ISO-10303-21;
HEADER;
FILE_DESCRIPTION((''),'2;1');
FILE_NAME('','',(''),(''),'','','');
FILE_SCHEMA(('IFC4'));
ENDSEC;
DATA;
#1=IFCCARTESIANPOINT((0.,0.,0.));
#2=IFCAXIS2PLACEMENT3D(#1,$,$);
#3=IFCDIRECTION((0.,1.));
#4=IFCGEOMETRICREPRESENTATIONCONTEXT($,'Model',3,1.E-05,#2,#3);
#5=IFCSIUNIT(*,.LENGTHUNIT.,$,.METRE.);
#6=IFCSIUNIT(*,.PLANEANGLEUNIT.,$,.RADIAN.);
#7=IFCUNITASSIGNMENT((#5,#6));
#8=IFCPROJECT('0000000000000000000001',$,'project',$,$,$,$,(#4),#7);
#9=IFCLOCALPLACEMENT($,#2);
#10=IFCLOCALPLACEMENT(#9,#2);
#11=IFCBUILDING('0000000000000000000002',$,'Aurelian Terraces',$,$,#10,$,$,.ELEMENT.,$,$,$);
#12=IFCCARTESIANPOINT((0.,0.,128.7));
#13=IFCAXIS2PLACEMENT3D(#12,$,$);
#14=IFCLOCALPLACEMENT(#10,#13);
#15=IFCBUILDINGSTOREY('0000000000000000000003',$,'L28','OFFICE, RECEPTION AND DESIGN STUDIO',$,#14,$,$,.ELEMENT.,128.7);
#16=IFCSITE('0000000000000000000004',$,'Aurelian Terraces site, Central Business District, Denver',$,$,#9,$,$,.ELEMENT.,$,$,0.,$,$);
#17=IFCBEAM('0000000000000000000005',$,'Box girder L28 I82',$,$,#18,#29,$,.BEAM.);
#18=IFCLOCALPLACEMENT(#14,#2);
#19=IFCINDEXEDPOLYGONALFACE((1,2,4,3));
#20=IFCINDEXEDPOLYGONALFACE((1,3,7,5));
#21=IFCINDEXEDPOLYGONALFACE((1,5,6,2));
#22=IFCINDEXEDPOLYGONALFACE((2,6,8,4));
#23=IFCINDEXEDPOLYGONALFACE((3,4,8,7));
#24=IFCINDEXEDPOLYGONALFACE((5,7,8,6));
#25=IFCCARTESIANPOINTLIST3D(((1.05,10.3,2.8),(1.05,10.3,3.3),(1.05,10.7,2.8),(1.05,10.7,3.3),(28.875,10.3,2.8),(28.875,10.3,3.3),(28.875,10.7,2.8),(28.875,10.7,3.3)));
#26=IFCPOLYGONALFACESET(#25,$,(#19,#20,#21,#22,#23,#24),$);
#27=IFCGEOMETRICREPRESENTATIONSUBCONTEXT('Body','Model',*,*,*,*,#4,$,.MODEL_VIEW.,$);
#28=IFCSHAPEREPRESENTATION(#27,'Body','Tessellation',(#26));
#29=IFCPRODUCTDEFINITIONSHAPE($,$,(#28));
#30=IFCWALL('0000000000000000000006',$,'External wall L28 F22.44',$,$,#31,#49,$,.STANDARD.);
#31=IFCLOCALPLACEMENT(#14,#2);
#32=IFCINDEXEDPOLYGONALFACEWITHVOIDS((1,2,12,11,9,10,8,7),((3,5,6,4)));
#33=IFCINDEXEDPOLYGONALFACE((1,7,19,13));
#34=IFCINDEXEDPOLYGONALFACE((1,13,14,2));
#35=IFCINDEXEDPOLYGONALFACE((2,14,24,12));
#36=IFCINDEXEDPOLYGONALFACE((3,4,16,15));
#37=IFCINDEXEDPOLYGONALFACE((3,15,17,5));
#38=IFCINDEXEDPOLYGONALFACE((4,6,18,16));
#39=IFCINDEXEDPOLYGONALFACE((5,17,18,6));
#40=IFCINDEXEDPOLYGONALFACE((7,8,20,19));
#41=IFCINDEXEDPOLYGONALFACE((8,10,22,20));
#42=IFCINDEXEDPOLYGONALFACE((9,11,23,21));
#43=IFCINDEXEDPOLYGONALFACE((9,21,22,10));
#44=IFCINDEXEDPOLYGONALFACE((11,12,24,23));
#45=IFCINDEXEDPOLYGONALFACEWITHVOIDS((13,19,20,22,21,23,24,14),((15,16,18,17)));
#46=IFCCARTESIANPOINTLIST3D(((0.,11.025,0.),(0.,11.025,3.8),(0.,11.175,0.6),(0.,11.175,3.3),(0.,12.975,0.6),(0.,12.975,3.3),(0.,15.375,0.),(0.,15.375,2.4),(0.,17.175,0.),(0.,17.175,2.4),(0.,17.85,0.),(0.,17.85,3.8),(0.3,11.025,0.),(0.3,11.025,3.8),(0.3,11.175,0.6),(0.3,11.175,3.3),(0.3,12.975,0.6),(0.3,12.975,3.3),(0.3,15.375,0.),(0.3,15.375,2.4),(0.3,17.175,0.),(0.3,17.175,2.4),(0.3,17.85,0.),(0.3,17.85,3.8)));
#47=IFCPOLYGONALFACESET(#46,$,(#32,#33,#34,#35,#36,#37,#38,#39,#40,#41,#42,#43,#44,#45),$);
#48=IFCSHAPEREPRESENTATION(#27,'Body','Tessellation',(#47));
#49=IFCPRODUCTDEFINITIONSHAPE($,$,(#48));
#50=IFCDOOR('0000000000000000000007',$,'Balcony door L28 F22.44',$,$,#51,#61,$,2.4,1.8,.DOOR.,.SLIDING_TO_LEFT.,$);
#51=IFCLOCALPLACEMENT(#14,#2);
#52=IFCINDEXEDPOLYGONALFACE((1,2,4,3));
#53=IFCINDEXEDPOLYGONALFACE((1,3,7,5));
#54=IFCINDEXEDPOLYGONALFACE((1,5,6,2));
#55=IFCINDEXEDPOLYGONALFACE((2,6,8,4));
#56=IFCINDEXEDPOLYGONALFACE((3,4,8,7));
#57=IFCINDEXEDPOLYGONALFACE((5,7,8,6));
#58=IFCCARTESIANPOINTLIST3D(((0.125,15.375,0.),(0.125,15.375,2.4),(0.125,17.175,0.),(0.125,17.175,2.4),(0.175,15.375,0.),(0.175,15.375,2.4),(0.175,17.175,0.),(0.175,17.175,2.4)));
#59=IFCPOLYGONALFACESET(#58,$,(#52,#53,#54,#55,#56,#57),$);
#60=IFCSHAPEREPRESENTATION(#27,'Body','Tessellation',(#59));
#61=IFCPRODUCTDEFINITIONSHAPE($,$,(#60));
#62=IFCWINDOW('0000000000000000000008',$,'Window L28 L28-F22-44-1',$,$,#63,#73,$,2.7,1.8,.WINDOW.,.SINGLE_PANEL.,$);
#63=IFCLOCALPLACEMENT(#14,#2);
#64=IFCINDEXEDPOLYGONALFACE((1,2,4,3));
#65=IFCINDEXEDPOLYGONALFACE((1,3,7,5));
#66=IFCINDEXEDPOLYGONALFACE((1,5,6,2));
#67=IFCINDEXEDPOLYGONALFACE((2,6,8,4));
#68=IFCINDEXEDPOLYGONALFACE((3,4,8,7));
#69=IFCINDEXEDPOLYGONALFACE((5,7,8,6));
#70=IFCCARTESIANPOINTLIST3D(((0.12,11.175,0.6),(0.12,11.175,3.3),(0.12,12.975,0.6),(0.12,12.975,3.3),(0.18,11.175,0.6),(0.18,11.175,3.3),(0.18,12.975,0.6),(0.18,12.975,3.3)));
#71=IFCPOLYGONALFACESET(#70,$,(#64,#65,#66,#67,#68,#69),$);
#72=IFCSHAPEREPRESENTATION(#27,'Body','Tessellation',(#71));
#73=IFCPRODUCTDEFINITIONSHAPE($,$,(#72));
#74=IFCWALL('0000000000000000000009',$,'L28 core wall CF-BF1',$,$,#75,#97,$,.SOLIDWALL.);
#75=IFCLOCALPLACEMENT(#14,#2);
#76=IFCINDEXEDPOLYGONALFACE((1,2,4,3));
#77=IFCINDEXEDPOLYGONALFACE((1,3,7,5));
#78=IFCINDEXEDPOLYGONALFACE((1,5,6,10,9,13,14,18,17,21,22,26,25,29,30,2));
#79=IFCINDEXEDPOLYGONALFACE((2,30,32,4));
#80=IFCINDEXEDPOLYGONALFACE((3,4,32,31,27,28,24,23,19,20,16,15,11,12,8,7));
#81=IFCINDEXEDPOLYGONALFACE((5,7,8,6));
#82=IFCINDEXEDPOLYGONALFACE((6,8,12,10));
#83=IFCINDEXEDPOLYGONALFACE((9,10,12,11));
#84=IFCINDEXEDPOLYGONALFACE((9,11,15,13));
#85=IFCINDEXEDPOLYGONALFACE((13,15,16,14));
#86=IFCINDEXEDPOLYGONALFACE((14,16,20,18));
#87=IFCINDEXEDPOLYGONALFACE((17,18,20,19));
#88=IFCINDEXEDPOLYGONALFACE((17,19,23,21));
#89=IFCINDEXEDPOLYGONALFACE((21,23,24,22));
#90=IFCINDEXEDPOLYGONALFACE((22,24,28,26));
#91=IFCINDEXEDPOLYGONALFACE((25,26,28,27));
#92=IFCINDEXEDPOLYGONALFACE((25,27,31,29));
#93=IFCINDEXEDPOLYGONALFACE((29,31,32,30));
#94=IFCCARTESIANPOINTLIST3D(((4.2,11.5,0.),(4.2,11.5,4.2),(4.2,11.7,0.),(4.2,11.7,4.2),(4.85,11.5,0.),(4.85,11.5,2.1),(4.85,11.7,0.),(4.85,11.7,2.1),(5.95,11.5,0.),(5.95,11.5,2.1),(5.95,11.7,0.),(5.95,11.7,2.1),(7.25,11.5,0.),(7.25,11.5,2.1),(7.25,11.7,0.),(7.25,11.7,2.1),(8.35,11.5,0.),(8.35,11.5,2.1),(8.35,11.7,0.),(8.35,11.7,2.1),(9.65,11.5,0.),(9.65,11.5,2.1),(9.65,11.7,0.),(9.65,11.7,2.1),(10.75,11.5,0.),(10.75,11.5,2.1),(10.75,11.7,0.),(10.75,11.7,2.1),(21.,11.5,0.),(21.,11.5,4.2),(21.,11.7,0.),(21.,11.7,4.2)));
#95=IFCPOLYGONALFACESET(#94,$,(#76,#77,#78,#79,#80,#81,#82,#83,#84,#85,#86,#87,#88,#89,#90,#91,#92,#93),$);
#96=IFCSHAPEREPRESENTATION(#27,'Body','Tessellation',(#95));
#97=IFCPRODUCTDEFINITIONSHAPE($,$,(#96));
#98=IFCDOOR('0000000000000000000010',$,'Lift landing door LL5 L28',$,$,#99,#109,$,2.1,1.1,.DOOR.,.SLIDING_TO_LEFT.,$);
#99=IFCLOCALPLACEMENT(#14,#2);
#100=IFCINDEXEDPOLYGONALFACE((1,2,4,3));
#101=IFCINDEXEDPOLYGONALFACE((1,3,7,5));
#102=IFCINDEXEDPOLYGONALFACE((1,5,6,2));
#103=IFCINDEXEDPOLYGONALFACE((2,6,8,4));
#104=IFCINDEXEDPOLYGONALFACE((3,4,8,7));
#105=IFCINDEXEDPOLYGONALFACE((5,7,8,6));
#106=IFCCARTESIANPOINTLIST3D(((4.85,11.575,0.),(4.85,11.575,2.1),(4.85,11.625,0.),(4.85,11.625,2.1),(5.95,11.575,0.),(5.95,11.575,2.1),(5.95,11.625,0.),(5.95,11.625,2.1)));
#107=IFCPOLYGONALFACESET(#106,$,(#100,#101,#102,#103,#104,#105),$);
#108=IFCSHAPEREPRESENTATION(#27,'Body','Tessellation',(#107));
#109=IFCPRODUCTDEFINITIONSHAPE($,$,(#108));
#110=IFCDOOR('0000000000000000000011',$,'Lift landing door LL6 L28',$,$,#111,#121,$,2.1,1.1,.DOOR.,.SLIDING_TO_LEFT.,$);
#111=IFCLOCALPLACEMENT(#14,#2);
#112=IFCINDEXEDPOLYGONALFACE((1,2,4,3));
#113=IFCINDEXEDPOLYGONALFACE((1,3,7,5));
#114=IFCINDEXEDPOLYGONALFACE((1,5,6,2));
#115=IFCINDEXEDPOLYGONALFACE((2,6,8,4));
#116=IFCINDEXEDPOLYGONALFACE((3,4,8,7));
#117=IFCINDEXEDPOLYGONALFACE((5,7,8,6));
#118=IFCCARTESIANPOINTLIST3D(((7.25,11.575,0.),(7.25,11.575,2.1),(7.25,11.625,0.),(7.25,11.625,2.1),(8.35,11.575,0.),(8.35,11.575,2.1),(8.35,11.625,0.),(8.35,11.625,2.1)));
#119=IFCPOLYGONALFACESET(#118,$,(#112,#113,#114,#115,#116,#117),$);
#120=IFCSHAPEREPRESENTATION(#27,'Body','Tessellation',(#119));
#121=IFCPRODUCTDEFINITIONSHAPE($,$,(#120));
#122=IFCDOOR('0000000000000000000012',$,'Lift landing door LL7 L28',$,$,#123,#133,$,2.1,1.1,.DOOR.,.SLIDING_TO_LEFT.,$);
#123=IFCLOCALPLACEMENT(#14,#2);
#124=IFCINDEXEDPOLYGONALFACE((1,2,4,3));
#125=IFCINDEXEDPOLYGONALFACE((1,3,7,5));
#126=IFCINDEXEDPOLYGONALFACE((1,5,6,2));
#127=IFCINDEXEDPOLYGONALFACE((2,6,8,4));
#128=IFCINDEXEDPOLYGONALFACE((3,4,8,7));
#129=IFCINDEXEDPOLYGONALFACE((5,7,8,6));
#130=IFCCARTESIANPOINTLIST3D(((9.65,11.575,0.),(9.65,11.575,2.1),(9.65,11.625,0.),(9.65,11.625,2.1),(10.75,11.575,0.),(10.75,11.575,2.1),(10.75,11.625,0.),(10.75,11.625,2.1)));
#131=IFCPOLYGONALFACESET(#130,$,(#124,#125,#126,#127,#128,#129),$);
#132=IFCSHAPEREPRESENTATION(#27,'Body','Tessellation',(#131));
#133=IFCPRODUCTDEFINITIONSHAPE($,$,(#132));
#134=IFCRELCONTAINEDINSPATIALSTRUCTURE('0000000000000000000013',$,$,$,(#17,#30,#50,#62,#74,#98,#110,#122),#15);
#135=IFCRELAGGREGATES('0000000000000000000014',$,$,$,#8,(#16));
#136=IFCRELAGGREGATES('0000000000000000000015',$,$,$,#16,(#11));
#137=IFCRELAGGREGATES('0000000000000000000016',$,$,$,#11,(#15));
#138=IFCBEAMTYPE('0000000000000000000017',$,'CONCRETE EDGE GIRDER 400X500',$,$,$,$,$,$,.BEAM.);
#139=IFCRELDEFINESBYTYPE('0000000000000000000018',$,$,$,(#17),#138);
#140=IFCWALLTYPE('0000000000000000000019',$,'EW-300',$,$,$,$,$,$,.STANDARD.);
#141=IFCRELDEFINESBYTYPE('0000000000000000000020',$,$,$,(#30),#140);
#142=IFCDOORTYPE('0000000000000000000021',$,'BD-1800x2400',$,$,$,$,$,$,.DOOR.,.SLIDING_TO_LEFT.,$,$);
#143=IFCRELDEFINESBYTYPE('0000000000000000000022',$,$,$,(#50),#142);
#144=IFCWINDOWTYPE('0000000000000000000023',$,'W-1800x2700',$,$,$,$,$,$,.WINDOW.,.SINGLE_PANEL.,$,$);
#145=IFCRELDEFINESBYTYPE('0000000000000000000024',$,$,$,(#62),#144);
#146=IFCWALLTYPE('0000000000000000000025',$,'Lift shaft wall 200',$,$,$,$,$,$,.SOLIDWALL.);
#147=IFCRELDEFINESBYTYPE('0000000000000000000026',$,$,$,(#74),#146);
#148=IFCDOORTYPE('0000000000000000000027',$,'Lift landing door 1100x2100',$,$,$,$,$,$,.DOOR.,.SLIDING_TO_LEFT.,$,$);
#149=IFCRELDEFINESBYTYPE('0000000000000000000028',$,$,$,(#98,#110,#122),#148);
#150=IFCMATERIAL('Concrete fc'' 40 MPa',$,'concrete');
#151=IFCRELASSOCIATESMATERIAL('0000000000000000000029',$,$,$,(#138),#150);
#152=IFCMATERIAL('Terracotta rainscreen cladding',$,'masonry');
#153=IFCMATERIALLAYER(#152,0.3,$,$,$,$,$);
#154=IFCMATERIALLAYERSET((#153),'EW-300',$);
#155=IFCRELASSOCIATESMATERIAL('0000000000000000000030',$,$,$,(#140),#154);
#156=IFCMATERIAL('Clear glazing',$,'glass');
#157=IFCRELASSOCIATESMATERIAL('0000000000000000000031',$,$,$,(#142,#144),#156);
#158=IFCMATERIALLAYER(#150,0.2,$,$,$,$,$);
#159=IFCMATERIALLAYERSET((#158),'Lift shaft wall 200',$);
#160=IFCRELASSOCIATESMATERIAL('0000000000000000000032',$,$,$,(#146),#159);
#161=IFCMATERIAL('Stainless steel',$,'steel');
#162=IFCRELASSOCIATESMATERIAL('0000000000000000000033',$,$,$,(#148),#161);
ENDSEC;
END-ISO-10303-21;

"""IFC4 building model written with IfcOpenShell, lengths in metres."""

from ifc_helpers import new_model, si_unit, direction, frame, frame_2d, origin, origin_2d, place, context, subcontext, project, spatial, rectangle, extrude, source, transform, mapped, material, layer, layer_set, material_profile, profile_set, type_object, element, fill, save


model = new_model("IFC4")

# Units and contexts
model_context = context("Model", 3, precision=1e-05, world=origin(), true_north=direction((0.0, 1.0)))
body_context = subcontext(model_context, "Body", "Model", "MODEL_VIEW")
ifc_project = project(units=[si_unit("LENGTHUNIT", "METRE"), si_unit("PLANEANGLEUNIT", "RADIAN")], contexts=[model_context])

# Site, building, storey
site_placement = place(None, origin())
site = spatial("IfcSite", under=ifc_project, at=site_placement, Name="Aurelian Terraces site, Central Business District, Denver", CompositionType="ELEMENT", RefElevation=0.0)
building_placement = place(site_placement, origin())
building = spatial("IfcBuilding", under=site, at=building_placement, Name="Aurelian Terraces", CompositionType="ELEMENT")
storey_placement = place(building_placement, frame((0.0, 0.0, 128.7)))
storey = spatial("IfcBuildingStorey", under=building, at=storey_placement, Name="L28", Description="OFFICE, RECEPTION AND DESIGN STUDIO", CompositionType="ELEMENT", Elevation=128.7)

# Beam
ifc_material_1 = material(Name="Concrete fc' 40 MPa", Category="concrete")
ifc_material_profile = material_profile(ifc_material_1, rectangle(XDim=0.4, YDim=0.5, at=origin_2d()))
ifc_profile_set = profile_set([ifc_material_profile], Name="Concrete fc' 40 MPa")
beam_type = type_object("IfcBeamType", Name="CONCRETE EDGE GIRDER 400X500", PredefinedType="BEAM", material=ifc_profile_set)
shared_shape_1 = source(origin(), body_context, "Body", "SweptSolid", [
    extrude(rectangle(XDim=0.4, YDim=0.5, at=origin_2d()), origin(), (0.0, 0.0, 1.0), 27.825),
])
beam_placement = place(storey_placement, frame((1.05, 10.5, 3.05), z_axis=(1.0, 0.0, 0.0), x_axis=(0.0, 1.0, 0.0)))
element("IfcBeam", 1, at=beam_placement, inside=storey, type_object=beam_type, Name="Box girder L28 I82", PredefinedType="BEAM", context=body_context, shape_type="MappedRepresentation", body=[
    mapped(shared_shape_1, transform((0.0, 0.0, 0.0), scale=1.0)),
])

# Wall, openings, door, window
ifc_material_2 = material(Name="Terracotta rainscreen cladding", Category="masonry")
ifc_layer_1 = layer(ifc_material_2, 0.3)
ifc_layer_set_1 = layer_set([ifc_layer_1], Name="EW-300")
wall_type_1 = type_object("IfcWallType", Name="EW-300", PredefinedType="STANDARD", material=ifc_layer_set_1)
shared_shape_2 = source(origin(), body_context, "Body", "SweptSolid", [
    extrude(rectangle(XDim=6.825, YDim=0.3, at=frame_2d((3.4125, 0.0))), origin(), (0.0, 0.0, 1.0), 3.8),
])
wall_1_placement = place(storey_placement, frame((0.15, 17.85, 0.0), z_axis=(0.0, 0.0, 1.0), x_axis=(0.0, -1.0, 0.0)))
wall_1 = element("IfcWall", 2, at=wall_1_placement, inside=storey, type_object=wall_type_1, Name="External wall L28 F22.44", PredefinedType="STANDARD", context=body_context, shape_type="MappedRepresentation", body=[
    mapped(shared_shape_2, transform((0.0, 0.0, 0.0), scale=1.0)),
])
shared_shape_3 = source(origin(), body_context, "Body", "SweptSolid", [
    extrude(rectangle(XDim=1.8, YDim=2.4, at=frame_2d((0.9, 1.2))), frame((0.0, 0.16, 0.0), z_axis=(0.0, -1.0, 0.0), x_axis=(1.0, 0.0, 0.0)), (0.0, 0.0, 1.0), 0.32),
])
opening_1_placement = place(wall_1_placement, frame((0.675, 0.0, 0.0)))
opening_1 = element("IfcOpeningElement", 3, at=opening_1_placement, cuts=wall_1, PredefinedType="OPENING", context=body_context, shape_type="MappedRepresentation", body=[
    mapped(shared_shape_3, transform((0.0, 0.0, 0.0), scale=1.0)),
])
shared_shape_4 = source(origin(), body_context, "Body", "SweptSolid", [
    extrude(rectangle(XDim=1.8, YDim=2.7, at=frame_2d((0.9, 1.35))), frame((0.0, 0.16, 0.0), z_axis=(0.0, -1.0, 0.0), x_axis=(1.0, 0.0, 0.0)), (0.0, 0.0, 1.0), 0.32),
])
opening_2_placement = place(wall_1_placement, frame((4.875, 0.0, 0.6)))
opening_2 = element("IfcOpeningElement", 4, at=opening_2_placement, cuts=wall_1, PredefinedType="OPENING", context=body_context, shape_type="MappedRepresentation", body=[
    mapped(shared_shape_4, transform((0.0, 0.0, 0.0), scale=1.0)),
])
ifc_material_3 = material(Name="Clear glazing", Category="glass")
door_type_1 = type_object("IfcDoorType", Name="BD-1800x2400", OperationType="SLIDING_TO_LEFT", PredefinedType="DOOR", material=ifc_material_3)
shared_shape_5 = source(origin(), body_context, "Body", "SweptSolid", [
    extrude(rectangle(XDim=1.8, YDim=2.4, at=frame_2d((0.9, 1.2))), frame((0.0, 0.025, 0.0), z_axis=(0.0, -1.0, 0.0), x_axis=(1.0, 0.0, 0.0)), (0.0, 0.0, 1.0), 0.05),
])
door_1_placement = place(opening_1_placement, origin())
door_1 = element("IfcDoor", 5, at=door_1_placement, inside=storey, type_object=door_type_1, Name="Balcony door L28 F22.44", OperationType="SLIDING_TO_LEFT", OverallHeight=2.4, OverallWidth=1.8, PredefinedType="DOOR", context=body_context, shape_type="MappedRepresentation", body=[
    mapped(shared_shape_5, transform((0.0, 0.0, 0.0), scale=1.0)),
])
fill(opening_1, door_1)
window_type = type_object("IfcWindowType", Name="W-1800x2700", PartitioningType="SINGLE_PANEL", PredefinedType="WINDOW", material=ifc_material_3)
shared_shape_6 = source(origin(), body_context, "Body", "SweptSolid", [
    extrude(rectangle(XDim=1.8, YDim=2.7, at=frame_2d((0.9, 1.35))), frame((0.0, 0.03, 0.0), z_axis=(0.0, -1.0, 0.0), x_axis=(1.0, 0.0, 0.0)), (0.0, 0.0, 1.0), 0.06),
])
window_placement = place(opening_2_placement, origin())
window = element("IfcWindow", 6, at=window_placement, inside=storey, type_object=window_type, Name="Window L28 L28-F22-44-1", OverallHeight=2.7, OverallWidth=1.8, PartitioningType="SINGLE_PANEL", PredefinedType="WINDOW", context=body_context, shape_type="MappedRepresentation", body=[
    mapped(shared_shape_6, transform((0.0, 0.0, 0.0), scale=1.0)),
])
fill(opening_2, window)

# Wall, openings, doors
ifc_layer_2 = layer(ifc_material_1, 0.2)
ifc_layer_set_2 = layer_set([ifc_layer_2], Name="Lift shaft wall 200")
wall_type_2 = type_object("IfcWallType", Name="Lift shaft wall 200", PredefinedType="SOLIDWALL", material=ifc_layer_set_2)
shared_shape_7 = source(origin(), body_context, "Body", "SweptSolid", [
    extrude(rectangle(XDim=16.8, YDim=0.2, at=frame_2d((8.4, 0.0))), origin(), (0.0, 0.0, 1.0), 4.2),
])
wall_2_placement = place(storey_placement, frame((4.2, 11.6, 0.0), z_axis=(0.0, 0.0, 1.0), x_axis=(1.0, 0.0, 0.0)))
wall_2 = element("IfcWall", 7, at=wall_2_placement, inside=storey, type_object=wall_type_2, Name="L28 core wall CF-BF1", PredefinedType="SOLIDWALL", context=body_context, shape_type="MappedRepresentation", body=[
    mapped(shared_shape_7, transform((0.0, 0.0, 0.0), scale=1.0)),
])
shared_shape_8 = source(origin(), body_context, "Body", "SweptSolid", [
    extrude(rectangle(XDim=1.1, YDim=2.1, at=frame_2d((0.55, 1.05))), frame((0.0, 0.11, 0.0), z_axis=(0.0, -1.0, 0.0), x_axis=(1.0, 0.0, 0.0)), (0.0, 0.0, 1.0), 0.22),
])
opening_3_placement = place(wall_2_placement, frame((0.65, 0.0, 0.0)))
opening_3 = element("IfcOpeningElement", 8, at=opening_3_placement, cuts=wall_2, PredefinedType="OPENING", context=body_context, shape_type="MappedRepresentation", body=[
    mapped(shared_shape_8, transform((0.0, 0.0, 0.0), scale=1.0)),
])
opening_4_placement = place(wall_2_placement, frame((3.05, 0.0, 0.0)))
opening_4 = element("IfcOpeningElement", 9, at=opening_4_placement, cuts=wall_2, PredefinedType="OPENING", context=body_context, shape_type="MappedRepresentation", body=[
    mapped(shared_shape_8, transform((0.0, 0.0, 0.0), scale=1.0)),
])
opening_5_placement = place(wall_2_placement, frame((5.45, 0.0, 0.0)))
opening_5 = element("IfcOpeningElement", 10, at=opening_5_placement, cuts=wall_2, PredefinedType="OPENING", context=body_context, shape_type="MappedRepresentation", body=[
    mapped(shared_shape_8, transform((0.0, 0.0, 0.0), scale=1.0)),
])
ifc_material_4 = material(Name="Stainless steel", Category="steel")
door_type_2 = type_object("IfcDoorType", Name="Lift landing door 1100x2100", OperationType="SLIDING_TO_LEFT", PredefinedType="DOOR", material=ifc_material_4)
shared_shape_9 = source(origin(), body_context, "Body", "SweptSolid", [
    extrude(rectangle(XDim=1.1, YDim=2.1, at=frame_2d((0.55, 1.05))), frame((0.0, 0.025, 0.0), z_axis=(0.0, -1.0, 0.0), x_axis=(1.0, 0.0, 0.0)), (0.0, 0.0, 1.0), 0.05),
])
door_2_placement = place(opening_3_placement, origin())
door_2 = element("IfcDoor", 11, at=door_2_placement, inside=storey, type_object=door_type_2, Name="Lift landing door LL5 L28", OperationType="SLIDING_TO_LEFT", OverallHeight=2.1, OverallWidth=1.1, PredefinedType="DOOR", context=body_context, shape_type="MappedRepresentation", body=[
    mapped(shared_shape_9, transform((0.0, 0.0, 0.0), scale=1.0)),
])
fill(opening_3, door_2)
door_3_placement = place(opening_4_placement, origin())
door_3 = element("IfcDoor", 12, at=door_3_placement, inside=storey, type_object=door_type_2, Name="Lift landing door LL6 L28", OperationType="SLIDING_TO_LEFT", OverallHeight=2.1, OverallWidth=1.1, PredefinedType="DOOR", context=body_context, shape_type="MappedRepresentation", body=[
    mapped(shared_shape_9, transform((0.0, 0.0, 0.0), scale=1.0)),
])
fill(opening_4, door_3)
door_4_placement = place(opening_5_placement, origin())
door_4 = element("IfcDoor", 13, at=door_4_placement, inside=storey, type_object=door_type_2, Name="Lift landing door LL7 L28", OperationType="SLIDING_TO_LEFT", OverallHeight=2.1, OverallWidth=1.1, PredefinedType="DOOR", context=body_context, shape_type="MappedRepresentation", body=[
    mapped(shared_shape_9, transform((0.0, 0.0, 0.0), scale=1.0)),
])
fill(opening_5, door_4)

save(model, "model.ifc")
